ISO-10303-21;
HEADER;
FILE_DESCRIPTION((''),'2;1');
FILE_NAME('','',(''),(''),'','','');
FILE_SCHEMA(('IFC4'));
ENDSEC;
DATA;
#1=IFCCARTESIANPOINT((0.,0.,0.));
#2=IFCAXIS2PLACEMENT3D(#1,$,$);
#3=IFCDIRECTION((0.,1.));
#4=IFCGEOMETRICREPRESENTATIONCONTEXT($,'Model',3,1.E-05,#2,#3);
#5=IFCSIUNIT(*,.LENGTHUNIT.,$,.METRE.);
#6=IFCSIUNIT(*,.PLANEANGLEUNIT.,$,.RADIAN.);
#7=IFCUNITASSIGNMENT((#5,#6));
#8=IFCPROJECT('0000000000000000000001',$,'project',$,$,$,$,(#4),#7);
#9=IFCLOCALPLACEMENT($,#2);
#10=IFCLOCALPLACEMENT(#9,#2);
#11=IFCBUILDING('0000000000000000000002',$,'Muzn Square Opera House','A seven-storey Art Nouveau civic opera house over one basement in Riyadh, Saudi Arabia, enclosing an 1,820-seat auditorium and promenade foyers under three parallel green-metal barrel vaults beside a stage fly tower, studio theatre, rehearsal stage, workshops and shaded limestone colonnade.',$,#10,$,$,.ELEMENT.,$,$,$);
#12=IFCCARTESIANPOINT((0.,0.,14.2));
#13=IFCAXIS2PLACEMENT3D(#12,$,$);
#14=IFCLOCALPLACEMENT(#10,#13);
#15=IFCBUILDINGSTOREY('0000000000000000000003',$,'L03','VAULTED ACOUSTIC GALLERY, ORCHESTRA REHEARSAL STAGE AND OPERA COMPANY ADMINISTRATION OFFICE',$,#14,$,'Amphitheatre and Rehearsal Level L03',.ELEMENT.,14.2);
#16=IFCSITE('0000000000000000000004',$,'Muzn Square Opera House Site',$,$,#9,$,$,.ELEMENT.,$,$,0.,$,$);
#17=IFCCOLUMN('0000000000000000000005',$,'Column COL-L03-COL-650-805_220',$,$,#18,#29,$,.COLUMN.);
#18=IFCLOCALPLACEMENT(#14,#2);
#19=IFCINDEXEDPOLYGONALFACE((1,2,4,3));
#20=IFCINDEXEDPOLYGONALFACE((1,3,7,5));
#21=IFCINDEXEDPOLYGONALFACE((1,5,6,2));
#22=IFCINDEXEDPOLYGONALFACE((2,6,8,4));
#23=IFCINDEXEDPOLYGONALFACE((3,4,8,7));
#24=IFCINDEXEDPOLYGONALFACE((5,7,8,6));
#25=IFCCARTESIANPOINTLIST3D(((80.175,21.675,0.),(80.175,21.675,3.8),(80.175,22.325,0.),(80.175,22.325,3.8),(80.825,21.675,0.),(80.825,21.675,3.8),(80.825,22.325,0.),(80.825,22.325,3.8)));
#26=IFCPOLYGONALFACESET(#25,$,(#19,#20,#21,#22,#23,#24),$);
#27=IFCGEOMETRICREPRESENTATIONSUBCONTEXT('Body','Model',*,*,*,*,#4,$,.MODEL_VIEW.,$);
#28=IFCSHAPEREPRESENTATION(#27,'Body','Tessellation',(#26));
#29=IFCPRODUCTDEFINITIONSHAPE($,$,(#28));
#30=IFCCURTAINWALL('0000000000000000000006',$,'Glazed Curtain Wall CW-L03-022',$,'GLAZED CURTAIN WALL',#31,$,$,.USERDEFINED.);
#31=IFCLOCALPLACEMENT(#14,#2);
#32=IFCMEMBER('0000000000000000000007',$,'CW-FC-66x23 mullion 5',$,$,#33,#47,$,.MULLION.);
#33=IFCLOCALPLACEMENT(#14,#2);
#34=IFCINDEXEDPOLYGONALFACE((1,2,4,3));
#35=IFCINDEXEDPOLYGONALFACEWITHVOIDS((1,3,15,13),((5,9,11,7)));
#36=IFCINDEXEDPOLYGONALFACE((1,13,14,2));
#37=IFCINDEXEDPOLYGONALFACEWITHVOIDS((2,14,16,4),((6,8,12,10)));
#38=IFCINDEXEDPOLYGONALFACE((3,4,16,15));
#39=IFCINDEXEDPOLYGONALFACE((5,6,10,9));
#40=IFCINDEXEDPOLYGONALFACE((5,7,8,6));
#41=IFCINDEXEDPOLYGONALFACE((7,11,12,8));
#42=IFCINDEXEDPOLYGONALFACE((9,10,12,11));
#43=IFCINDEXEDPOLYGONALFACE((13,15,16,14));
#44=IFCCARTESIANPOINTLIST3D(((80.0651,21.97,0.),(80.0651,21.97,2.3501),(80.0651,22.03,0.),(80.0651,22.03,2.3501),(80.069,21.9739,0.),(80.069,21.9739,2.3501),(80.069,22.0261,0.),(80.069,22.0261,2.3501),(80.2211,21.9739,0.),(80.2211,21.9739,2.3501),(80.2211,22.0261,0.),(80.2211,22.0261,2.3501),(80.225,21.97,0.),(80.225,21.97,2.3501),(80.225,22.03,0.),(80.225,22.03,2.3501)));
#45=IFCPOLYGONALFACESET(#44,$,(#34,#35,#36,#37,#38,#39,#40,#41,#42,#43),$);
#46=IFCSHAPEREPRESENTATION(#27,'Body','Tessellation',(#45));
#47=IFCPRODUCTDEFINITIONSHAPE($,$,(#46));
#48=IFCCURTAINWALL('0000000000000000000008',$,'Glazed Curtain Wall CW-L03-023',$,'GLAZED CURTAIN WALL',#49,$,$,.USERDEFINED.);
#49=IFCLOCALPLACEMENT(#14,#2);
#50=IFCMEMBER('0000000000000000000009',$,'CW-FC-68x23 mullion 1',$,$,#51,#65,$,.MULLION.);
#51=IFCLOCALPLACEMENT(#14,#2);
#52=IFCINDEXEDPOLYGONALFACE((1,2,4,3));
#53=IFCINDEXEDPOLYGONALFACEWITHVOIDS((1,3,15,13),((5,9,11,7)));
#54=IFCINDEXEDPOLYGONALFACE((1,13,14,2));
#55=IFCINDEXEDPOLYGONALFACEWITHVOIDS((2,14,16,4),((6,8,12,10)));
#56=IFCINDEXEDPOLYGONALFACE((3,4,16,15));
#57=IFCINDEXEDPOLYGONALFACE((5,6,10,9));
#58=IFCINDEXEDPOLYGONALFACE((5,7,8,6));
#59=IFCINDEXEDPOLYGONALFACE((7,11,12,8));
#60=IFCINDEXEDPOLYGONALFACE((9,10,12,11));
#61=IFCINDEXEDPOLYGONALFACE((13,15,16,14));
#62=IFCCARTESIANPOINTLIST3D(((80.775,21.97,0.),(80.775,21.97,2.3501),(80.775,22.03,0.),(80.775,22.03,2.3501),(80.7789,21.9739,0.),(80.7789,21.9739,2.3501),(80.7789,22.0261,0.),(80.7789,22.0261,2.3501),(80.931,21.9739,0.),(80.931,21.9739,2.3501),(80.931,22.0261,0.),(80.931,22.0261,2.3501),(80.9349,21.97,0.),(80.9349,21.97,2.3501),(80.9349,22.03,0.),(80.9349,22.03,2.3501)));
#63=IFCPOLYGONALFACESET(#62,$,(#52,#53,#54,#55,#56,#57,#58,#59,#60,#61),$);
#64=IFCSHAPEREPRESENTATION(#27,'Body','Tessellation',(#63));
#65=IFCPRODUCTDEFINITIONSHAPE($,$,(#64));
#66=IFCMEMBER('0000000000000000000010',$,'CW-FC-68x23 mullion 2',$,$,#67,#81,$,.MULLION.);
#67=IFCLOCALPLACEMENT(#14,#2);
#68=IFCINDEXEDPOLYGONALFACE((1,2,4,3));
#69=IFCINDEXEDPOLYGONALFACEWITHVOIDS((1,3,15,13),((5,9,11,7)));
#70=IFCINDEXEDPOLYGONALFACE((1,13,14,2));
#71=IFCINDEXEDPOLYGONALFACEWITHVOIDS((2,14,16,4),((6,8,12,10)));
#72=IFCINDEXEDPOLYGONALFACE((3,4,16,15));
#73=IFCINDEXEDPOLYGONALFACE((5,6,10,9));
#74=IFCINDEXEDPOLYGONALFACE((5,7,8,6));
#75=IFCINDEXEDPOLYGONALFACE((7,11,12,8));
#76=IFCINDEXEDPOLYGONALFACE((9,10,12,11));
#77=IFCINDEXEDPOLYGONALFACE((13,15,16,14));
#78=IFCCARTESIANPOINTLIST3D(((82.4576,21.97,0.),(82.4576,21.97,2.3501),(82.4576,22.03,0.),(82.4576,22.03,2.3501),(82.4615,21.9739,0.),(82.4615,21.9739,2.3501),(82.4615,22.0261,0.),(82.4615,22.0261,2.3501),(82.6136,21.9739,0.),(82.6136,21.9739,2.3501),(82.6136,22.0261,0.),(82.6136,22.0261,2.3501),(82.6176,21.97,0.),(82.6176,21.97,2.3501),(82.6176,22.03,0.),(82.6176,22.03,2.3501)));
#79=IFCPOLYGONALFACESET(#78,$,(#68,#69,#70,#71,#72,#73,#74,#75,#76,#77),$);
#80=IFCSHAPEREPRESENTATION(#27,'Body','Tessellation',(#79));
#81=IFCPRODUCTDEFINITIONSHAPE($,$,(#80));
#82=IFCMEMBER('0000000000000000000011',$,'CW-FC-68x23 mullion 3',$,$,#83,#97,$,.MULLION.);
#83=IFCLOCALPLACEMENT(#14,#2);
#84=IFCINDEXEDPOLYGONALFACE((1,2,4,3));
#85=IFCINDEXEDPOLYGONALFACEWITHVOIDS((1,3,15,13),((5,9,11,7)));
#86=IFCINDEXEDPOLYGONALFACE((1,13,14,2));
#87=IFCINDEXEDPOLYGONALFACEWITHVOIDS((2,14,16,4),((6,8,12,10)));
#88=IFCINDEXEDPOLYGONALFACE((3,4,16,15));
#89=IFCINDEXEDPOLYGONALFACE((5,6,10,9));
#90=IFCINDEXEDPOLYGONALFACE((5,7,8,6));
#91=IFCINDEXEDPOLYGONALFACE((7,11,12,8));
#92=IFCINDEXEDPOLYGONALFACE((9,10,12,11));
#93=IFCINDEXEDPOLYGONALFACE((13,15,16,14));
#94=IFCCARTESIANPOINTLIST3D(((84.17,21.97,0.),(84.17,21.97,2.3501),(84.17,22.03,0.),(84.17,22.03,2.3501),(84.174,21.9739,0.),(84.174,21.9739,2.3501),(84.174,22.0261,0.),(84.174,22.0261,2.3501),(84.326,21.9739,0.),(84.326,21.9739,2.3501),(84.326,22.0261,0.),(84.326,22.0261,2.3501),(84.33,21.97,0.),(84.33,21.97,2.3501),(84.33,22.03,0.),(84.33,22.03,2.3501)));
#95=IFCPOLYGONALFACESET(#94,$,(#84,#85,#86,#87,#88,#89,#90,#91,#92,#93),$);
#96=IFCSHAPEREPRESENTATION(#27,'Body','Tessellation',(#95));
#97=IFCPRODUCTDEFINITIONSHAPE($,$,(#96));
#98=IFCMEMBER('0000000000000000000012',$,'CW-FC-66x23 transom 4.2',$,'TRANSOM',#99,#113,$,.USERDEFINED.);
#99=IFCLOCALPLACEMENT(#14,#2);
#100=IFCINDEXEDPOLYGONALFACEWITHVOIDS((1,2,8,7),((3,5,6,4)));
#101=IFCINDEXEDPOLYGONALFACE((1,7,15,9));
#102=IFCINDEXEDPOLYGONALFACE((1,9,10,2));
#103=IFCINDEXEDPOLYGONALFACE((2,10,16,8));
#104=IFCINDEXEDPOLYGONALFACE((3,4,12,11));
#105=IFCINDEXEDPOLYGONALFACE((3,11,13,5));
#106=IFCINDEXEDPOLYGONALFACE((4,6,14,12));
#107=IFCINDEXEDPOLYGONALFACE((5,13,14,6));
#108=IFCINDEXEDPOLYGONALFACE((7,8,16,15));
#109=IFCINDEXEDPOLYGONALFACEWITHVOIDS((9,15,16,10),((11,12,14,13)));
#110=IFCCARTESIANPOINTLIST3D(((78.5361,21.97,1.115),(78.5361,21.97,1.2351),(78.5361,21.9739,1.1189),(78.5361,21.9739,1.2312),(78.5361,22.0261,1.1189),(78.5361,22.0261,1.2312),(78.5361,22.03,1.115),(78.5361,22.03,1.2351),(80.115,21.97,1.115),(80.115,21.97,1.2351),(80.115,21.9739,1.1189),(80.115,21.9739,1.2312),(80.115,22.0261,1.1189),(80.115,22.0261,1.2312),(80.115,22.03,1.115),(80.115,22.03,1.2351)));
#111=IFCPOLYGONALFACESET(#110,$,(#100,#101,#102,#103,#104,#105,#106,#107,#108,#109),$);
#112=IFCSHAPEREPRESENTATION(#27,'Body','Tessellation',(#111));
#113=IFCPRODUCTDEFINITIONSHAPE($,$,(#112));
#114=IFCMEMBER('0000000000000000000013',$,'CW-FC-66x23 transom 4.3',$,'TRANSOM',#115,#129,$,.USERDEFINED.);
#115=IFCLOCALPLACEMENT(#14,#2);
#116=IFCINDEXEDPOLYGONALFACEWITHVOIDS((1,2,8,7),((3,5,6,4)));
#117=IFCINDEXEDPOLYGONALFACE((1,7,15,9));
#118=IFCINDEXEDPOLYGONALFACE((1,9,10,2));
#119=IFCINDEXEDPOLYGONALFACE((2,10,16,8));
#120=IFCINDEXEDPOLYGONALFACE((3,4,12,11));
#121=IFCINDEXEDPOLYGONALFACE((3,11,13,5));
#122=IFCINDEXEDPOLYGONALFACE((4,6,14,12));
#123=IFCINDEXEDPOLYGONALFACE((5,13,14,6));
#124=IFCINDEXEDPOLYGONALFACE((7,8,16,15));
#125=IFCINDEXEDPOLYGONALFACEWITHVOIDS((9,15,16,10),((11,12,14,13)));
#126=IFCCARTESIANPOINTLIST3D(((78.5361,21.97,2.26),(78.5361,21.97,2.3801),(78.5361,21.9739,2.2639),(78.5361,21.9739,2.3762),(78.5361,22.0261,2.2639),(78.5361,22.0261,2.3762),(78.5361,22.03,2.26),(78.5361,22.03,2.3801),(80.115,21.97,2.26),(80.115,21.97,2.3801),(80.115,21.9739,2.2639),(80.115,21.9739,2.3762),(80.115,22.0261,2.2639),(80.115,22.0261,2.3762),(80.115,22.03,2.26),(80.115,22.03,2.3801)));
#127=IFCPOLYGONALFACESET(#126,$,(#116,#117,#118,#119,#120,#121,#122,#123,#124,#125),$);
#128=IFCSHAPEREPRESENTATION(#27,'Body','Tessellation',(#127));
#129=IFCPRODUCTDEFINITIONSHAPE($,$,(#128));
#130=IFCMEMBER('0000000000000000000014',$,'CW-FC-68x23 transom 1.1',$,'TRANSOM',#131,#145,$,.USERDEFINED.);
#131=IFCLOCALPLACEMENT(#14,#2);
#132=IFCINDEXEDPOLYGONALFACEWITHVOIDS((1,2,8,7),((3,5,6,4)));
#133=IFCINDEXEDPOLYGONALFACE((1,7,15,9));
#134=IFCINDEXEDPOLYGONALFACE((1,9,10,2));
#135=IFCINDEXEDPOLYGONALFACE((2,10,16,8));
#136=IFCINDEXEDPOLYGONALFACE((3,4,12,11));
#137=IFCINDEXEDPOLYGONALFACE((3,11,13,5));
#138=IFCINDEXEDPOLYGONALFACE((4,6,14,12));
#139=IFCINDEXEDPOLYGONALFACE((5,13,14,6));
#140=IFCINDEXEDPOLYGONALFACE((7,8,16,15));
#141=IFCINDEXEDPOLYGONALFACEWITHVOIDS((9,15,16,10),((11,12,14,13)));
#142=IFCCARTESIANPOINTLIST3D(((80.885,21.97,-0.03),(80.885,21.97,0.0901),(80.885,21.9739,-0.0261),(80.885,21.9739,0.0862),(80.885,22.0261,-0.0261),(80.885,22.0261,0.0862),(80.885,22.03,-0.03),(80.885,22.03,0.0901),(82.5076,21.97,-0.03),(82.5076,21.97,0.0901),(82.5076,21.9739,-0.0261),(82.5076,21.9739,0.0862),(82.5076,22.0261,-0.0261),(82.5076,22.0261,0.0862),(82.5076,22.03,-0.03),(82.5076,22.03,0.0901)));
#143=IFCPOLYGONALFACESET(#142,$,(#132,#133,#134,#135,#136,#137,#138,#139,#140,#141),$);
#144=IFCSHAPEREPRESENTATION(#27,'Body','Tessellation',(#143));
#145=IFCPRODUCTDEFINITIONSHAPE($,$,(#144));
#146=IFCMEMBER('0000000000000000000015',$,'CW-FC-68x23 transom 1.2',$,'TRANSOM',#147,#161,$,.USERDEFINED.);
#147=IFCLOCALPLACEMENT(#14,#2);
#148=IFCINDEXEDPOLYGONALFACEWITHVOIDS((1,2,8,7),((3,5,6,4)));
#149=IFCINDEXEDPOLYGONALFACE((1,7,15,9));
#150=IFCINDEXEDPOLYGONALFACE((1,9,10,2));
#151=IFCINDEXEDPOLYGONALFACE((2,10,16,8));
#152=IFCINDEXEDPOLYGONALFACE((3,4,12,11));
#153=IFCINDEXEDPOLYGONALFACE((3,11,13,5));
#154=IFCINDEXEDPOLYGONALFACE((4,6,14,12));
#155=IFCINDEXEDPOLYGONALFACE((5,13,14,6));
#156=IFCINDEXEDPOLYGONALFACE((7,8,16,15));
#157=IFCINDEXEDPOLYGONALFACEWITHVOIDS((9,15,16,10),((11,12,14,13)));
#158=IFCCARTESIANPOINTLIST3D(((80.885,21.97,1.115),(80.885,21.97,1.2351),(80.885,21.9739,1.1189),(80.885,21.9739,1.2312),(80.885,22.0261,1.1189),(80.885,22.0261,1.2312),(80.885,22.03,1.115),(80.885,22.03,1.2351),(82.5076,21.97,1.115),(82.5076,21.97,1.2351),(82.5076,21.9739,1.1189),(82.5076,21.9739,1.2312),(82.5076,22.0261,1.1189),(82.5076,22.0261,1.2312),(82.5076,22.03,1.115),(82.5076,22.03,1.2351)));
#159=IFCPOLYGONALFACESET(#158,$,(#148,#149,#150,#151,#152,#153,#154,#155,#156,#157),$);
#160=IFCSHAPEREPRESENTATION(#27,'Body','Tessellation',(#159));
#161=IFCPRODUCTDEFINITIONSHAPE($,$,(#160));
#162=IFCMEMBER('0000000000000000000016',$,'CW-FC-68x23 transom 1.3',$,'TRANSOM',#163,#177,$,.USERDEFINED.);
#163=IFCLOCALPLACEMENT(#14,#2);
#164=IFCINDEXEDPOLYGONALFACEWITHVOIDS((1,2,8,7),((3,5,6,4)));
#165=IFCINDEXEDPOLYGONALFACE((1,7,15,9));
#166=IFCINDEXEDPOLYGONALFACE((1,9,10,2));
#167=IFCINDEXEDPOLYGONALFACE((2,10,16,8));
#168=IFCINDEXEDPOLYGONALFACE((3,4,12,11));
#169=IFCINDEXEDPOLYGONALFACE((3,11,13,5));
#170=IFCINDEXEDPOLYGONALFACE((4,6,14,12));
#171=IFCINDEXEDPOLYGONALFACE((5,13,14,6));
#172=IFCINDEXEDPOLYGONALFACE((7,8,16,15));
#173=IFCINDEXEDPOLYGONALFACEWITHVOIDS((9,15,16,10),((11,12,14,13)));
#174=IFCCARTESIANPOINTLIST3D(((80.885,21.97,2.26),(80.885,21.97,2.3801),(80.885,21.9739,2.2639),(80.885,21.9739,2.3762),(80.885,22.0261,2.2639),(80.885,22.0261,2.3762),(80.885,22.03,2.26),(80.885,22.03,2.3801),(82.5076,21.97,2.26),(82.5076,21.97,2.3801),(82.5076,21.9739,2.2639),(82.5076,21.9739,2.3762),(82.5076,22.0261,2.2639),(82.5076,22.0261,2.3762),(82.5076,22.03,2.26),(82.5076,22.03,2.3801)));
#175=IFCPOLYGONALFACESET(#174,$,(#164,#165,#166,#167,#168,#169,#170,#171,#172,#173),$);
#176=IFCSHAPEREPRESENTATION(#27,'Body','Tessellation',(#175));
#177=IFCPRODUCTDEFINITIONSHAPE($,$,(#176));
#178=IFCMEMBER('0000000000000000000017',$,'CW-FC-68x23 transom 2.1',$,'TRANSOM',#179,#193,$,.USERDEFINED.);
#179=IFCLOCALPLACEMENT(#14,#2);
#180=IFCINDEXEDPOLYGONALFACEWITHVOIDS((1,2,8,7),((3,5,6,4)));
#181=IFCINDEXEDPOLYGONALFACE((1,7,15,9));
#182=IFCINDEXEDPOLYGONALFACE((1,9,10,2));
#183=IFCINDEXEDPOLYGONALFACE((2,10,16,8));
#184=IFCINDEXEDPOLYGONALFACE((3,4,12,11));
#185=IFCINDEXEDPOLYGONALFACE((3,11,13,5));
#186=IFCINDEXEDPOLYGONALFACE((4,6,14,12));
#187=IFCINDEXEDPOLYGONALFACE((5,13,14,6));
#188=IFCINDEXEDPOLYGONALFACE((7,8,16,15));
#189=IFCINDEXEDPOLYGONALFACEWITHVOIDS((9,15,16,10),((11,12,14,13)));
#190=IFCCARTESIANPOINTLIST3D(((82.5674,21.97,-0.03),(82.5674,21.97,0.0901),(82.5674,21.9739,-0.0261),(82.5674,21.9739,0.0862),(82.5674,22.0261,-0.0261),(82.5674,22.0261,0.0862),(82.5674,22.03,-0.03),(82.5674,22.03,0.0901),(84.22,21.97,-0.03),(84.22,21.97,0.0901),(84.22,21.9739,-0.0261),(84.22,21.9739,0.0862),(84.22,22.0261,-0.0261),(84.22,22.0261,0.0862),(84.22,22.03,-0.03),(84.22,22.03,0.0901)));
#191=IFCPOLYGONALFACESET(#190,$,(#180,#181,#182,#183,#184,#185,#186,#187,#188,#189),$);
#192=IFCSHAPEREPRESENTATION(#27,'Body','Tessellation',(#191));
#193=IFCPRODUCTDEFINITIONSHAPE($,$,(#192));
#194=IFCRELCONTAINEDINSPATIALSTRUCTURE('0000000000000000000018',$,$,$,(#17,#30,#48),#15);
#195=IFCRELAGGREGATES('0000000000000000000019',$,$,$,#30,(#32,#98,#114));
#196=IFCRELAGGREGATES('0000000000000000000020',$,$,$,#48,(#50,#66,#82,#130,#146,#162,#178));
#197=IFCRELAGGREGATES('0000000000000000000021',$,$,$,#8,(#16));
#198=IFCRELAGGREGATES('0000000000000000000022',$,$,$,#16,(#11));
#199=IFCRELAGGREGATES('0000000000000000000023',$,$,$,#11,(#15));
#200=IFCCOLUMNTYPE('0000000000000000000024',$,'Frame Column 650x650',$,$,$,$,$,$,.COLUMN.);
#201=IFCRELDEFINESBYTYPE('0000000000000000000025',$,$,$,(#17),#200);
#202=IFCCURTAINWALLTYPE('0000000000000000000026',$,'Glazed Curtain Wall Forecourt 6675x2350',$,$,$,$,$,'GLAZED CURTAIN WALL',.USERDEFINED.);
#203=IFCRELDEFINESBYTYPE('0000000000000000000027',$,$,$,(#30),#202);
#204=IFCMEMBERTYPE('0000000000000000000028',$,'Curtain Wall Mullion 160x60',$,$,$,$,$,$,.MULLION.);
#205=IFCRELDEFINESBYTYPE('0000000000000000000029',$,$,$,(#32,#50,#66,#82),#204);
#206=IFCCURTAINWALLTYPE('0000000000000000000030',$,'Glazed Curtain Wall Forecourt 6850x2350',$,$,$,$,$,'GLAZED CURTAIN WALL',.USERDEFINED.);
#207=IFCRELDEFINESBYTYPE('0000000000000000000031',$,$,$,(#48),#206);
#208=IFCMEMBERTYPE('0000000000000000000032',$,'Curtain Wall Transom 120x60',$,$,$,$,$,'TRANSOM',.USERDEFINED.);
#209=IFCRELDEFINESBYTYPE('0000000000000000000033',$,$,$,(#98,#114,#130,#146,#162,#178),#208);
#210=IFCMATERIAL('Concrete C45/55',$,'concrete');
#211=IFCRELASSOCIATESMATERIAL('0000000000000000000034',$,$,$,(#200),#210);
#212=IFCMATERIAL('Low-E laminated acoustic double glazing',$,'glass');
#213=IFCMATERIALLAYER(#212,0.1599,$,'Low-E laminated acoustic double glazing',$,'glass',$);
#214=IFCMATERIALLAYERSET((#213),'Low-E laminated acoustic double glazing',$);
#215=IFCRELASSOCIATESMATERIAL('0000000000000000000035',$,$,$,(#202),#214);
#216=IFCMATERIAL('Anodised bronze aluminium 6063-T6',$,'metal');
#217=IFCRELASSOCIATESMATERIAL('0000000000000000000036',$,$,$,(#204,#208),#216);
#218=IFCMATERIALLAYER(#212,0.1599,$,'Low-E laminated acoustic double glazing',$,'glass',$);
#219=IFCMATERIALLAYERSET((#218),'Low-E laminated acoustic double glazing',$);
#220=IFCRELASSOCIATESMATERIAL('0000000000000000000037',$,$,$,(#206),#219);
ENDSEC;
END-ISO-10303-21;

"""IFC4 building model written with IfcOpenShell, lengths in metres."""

from ifc_helpers import new_model, si_unit, direction, frame, origin, origin_2d, place, context, subcontext, project, spatial, rectangle, hollow_rectangle, extrude, material, layer, layer_set, material_profile, profile_set, type_object, element, aggregate, save


model = new_model("IFC4")

# Units and contexts
model_context = context("Model", 3, precision=1e-05, world=origin(), true_north=direction((0.0, 1.0)))
body_context = subcontext(model_context, "Body", "Model", "MODEL_VIEW")
ifc_project = project(units=[si_unit("LENGTHUNIT", "METRE"), si_unit("PLANEANGLEUNIT", "RADIAN")], contexts=[model_context])

# Site, building, storey
site_placement = place(None, origin())
site = spatial("IfcSite", under=ifc_project, at=site_placement, Name="Muzn Square Opera House Site", CompositionType="ELEMENT", RefElevation=0.0)
building_placement = place(site_placement, origin())
building = spatial("IfcBuilding", under=site, at=building_placement, Name="Muzn Square Opera House", Description="A seven-storey Art Nouveau civic opera house over one basement in Riyadh, Saudi Arabia, enclosing an 1,820-seat auditorium and promenade foyers under three parallel green-metal barrel vaults beside a stage fly tower, studio theatre, rehearsal stage, workshops and shaded limestone colonnade.", CompositionType="ELEMENT")
storey_placement = place(building_placement, frame((0.0, 0.0, 14.2)))
storey = spatial("IfcBuildingStorey", under=building, at=storey_placement, Name="L03", Description="VAULTED ACOUSTIC GALLERY, ORCHESTRA REHEARSAL STAGE AND OPERA COMPANY ADMINISTRATION OFFICE", LongName="Amphitheatre and Rehearsal Level L03", CompositionType="ELEMENT", Elevation=14.2)

# Column
ifc_material_1 = material(Name="Concrete C45/55", Category="concrete")
ifc_material_profile_1 = material_profile(ifc_material_1, rectangle(XDim=0.6499, YDim=0.6499, at=origin_2d()), Name="RC 650x650", Category="concrete")
ifc_profile_set_1 = profile_set([ifc_material_profile_1], Name="Concrete C45/55")
column_type = type_object("IfcColumnType", Name="Frame Column 650x650", PredefinedType="COLUMN", material=ifc_profile_set_1)
column_placement = place(storey_placement, frame((80.5, 22.0, 0.0), z_axis=(0.0, 0.0, 1.0), x_axis=(1.0, 0.0, 0.0)))
element("IfcColumn", 1, at=column_placement, inside=storey, type_object=column_type, Name="Column COL-L03-COL-650-805_220", PredefinedType="COLUMN", context=body_context, shape_type="SweptSolid", body=[
    extrude(rectangle(XDim=0.6499, YDim=0.6499, at=origin_2d()), origin(), (0.0, 0.0, 1.0), 3.8),
])

# Curtain wall, member
ifc_material_2 = material(Name="Low-E laminated acoustic double glazing", Category="glass")
ifc_layer_1 = layer(ifc_material_2, 0.1599, Name="Low-E laminated acoustic double glazing", Category="glass")
ifc_layer_set_1 = layer_set([ifc_layer_1], Name="Low-E laminated acoustic double glazing")
curtain_wall_type_1 = type_object("IfcCurtainWallType", Name="Glazed Curtain Wall Forecourt 6675x2350", ElementType="GLAZED CURTAIN WALL", PredefinedType="USERDEFINED", material=ifc_layer_set_1)
curtain_wall_1_placement = place(storey_placement, origin())
curtain_wall_1 = element("IfcCurtainWall", 2, at=curtain_wall_1_placement, inside=storey, type_object=curtain_wall_type_1, Name="Glazed Curtain Wall CW-L03-022", ObjectType="GLAZED CURTAIN WALL", PredefinedType="USERDEFINED")
ifc_material_3 = material(Name="Anodised bronze aluminium 6063-T6", Category="metal")
ifc_material_profile_2 = material_profile(ifc_material_3, hollow_rectangle(XDim=0.0601, YDim=0.1599, WallThickness=0.0039, at=origin_2d()), Name="ALU 160x60x4", Category="metal")
ifc_profile_set_2 = profile_set([ifc_material_profile_2], Name="Anodised bronze aluminium 6063-T6")
member_type_1 = type_object("IfcMemberType", Name="Curtain Wall Mullion 160x60", PredefinedType="MULLION", material=ifc_profile_set_2)
member_1_placement = place(storey_placement, frame((80.145, 22.0, 0.0), z_axis=(0.0, 0.0, 1.0), x_axis=(0.0, 1.0, 0.0)))
member_1 = element("IfcMember", 3, at=member_1_placement, type_object=member_type_1, Name="CW-FC-66x23 mullion 5", PredefinedType="MULLION", context=body_context, shape_type="SweptSolid", body=[
    extrude(hollow_rectangle(XDim=0.0601, YDim=0.1599, WallThickness=0.0039, at=origin_2d()), origin(), (0.0, 0.0, 1.0), 2.3501),
])

# Curtain wall, members
ifc_layer_2 = layer(ifc_material_2, 0.1599, Name="Low-E laminated acoustic double glazing", Category="glass")
ifc_layer_set_2 = layer_set([ifc_layer_2], Name="Low-E laminated acoustic double glazing")
curtain_wall_type_2 = type_object("IfcCurtainWallType", Name="Glazed Curtain Wall Forecourt 6850x2350", ElementType="GLAZED CURTAIN WALL", PredefinedType="USERDEFINED", material=ifc_layer_set_2)
curtain_wall_2_placement = place(storey_placement, origin())
curtain_wall_2 = element("IfcCurtainWall", 4, at=curtain_wall_2_placement, inside=storey, type_object=curtain_wall_type_2, Name="Glazed Curtain Wall CW-L03-023", ObjectType="GLAZED CURTAIN WALL", PredefinedType="USERDEFINED")
member_2_placement = place(storey_placement, frame((80.855, 22.0, 0.0), z_axis=(0.0, 0.0, 1.0), x_axis=(0.0, 1.0, 0.0)))
member_2 = element("IfcMember", 5, at=member_2_placement, type_object=member_type_1, Name="CW-FC-68x23 mullion 1", PredefinedType="MULLION", context=body_context, shape_type="SweptSolid", body=[
    extrude(hollow_rectangle(XDim=0.0601, YDim=0.1599, WallThickness=0.0039, at=origin_2d()), origin(), (0.0, 0.0, 1.0), 2.3501),
])
member_3_placement = place(storey_placement, frame((82.5376, 22.0, 0.0), z_axis=(0.0, 0.0, 1.0), x_axis=(0.0, 1.0, 0.0)))
member_3 = element("IfcMember", 6, at=member_3_placement, type_object=member_type_1, Name="CW-FC-68x23 mullion 2", PredefinedType="MULLION", context=body_context, shape_type="SweptSolid", body=[
    extrude(hollow_rectangle(XDim=0.0601, YDim=0.1599, WallThickness=0.0039, at=origin_2d()), origin(), (0.0, 0.0, 1.0), 2.3501),
])
member_4_placement = place(storey_placement, frame((84.25, 22.0, 0.0), z_axis=(0.0, 0.0, 1.0), x_axis=(0.0, 1.0, 0.0)))
member_4 = element("IfcMember", 7, at=member_4_placement, type_object=member_type_1, Name="CW-FC-68x23 mullion 3", PredefinedType="MULLION", context=body_context, shape_type="SweptSolid", body=[
    extrude(hollow_rectangle(XDim=0.0601, YDim=0.1599, WallThickness=0.0039, at=origin_2d()), origin(), (0.0, 0.0, 1.0), 2.3501),
])

# Members
ifc_material_profile_3 = material_profile(ifc_material_3, hollow_rectangle(XDim=0.0601, YDim=0.1201, WallThickness=0.0039, at=origin_2d()), Name="ALU 120x60x4", Category="metal")
ifc_profile_set_3 = profile_set([ifc_material_profile_3], Name="Anodised bronze aluminium 6063-T6")
member_type_2 = type_object("IfcMemberType", Name="Curtain Wall Transom 120x60", ElementType="TRANSOM", PredefinedType="USERDEFINED", material=ifc_profile_set_3)
member_5_placement = place(storey_placement, frame((78.5361, 22.0, 1.175), z_axis=(1.0, 0.0, 0.0), x_axis=(0.0, 1.0, 0.0)))
member_5 = element("IfcMember", 8, at=member_5_placement, type_object=member_type_2, Name="CW-FC-66x23 transom 4.2", ObjectType="TRANSOM", PredefinedType="USERDEFINED", context=body_context, shape_type="SweptSolid", body=[
    extrude(hollow_rectangle(XDim=0.0601, YDim=0.1201, WallThickness=0.0039, at=origin_2d()), origin(), (0.0, 0.0, 1.0), 1.5789),
])
member_6_placement = place(storey_placement, frame((78.5361, 22.0, 2.3201), z_axis=(1.0, 0.0, 0.0), x_axis=(0.0, 1.0, 0.0)))
member_6 = element("IfcMember", 9, at=member_6_placement, type_object=member_type_2, Name="CW-FC-66x23 transom 4.3", ObjectType="TRANSOM", PredefinedType="USERDEFINED", context=body_context, shape_type="SweptSolid", body=[
    extrude(hollow_rectangle(XDim=0.0601, YDim=0.1201, WallThickness=0.0039, at=origin_2d()), origin(), (0.0, 0.0, 1.0), 1.5789),
])
member_7_placement = place(storey_placement, frame((80.885, 22.0, 0.03), z_axis=(1.0, 0.0, 0.0), x_axis=(0.0, 1.0, 0.0)))
member_7 = element("IfcMember", 10, at=member_7_placement, type_object=member_type_2, Name="CW-FC-68x23 transom 1.1", ObjectType="TRANSOM", PredefinedType="USERDEFINED", context=body_context, shape_type="SweptSolid", body=[
    extrude(hollow_rectangle(XDim=0.0601, YDim=0.1201, WallThickness=0.0039, at=origin_2d()), origin(), (0.0, 0.0, 1.0), 1.6226),
])
member_8_placement = place(storey_placement, frame((80.885, 22.0, 1.175), z_axis=(1.0, 0.0, 0.0), x_axis=(0.0, 1.0, 0.0)))
member_8 = element("IfcMember", 11, at=member_8_placement, type_object=member_type_2, Name="CW-FC-68x23 transom 1.2", ObjectType="TRANSOM", PredefinedType="USERDEFINED", context=body_context, shape_type="SweptSolid", body=[
    extrude(hollow_rectangle(XDim=0.0601, YDim=0.1201, WallThickness=0.0039, at=origin_2d()), origin(), (0.0, 0.0, 1.0), 1.6226),
])
member_9_placement = place(storey_placement, frame((80.885, 22.0, 2.3201), z_axis=(1.0, 0.0, 0.0), x_axis=(0.0, 1.0, 0.0)))
member_9 = element("IfcMember", 12, at=member_9_placement, type_object=member_type_2, Name="CW-FC-68x23 transom 1.3", ObjectType="TRANSOM", PredefinedType="USERDEFINED", context=body_context, shape_type="SweptSolid", body=[
    extrude(hollow_rectangle(XDim=0.0601, YDim=0.1201, WallThickness=0.0039, at=origin_2d()), origin(), (0.0, 0.0, 1.0), 1.6226),
])
member_10_placement = place(storey_placement, frame((82.5674, 22.0, 0.03), z_axis=(1.0, 0.0, 0.0), x_axis=(0.0, 1.0, 0.0)))
member_10 = element("IfcMember", 13, at=member_10_placement, type_object=member_type_2, Name="CW-FC-68x23 transom 2.1", ObjectType="TRANSOM", PredefinedType="USERDEFINED", context=body_context, shape_type="SweptSolid", body=[
    extrude(hollow_rectangle(XDim=0.0601, YDim=0.1201, WallThickness=0.0039, at=origin_2d()), origin(), (0.0, 0.0, 1.0), 1.6526),
])

aggregate(curtain_wall_1, [member_1, member_5, member_6])
aggregate(curtain_wall_2, [member_2, member_3, member_4, member_7, member_8, member_9, member_10])

save(model, "model.ifc")
